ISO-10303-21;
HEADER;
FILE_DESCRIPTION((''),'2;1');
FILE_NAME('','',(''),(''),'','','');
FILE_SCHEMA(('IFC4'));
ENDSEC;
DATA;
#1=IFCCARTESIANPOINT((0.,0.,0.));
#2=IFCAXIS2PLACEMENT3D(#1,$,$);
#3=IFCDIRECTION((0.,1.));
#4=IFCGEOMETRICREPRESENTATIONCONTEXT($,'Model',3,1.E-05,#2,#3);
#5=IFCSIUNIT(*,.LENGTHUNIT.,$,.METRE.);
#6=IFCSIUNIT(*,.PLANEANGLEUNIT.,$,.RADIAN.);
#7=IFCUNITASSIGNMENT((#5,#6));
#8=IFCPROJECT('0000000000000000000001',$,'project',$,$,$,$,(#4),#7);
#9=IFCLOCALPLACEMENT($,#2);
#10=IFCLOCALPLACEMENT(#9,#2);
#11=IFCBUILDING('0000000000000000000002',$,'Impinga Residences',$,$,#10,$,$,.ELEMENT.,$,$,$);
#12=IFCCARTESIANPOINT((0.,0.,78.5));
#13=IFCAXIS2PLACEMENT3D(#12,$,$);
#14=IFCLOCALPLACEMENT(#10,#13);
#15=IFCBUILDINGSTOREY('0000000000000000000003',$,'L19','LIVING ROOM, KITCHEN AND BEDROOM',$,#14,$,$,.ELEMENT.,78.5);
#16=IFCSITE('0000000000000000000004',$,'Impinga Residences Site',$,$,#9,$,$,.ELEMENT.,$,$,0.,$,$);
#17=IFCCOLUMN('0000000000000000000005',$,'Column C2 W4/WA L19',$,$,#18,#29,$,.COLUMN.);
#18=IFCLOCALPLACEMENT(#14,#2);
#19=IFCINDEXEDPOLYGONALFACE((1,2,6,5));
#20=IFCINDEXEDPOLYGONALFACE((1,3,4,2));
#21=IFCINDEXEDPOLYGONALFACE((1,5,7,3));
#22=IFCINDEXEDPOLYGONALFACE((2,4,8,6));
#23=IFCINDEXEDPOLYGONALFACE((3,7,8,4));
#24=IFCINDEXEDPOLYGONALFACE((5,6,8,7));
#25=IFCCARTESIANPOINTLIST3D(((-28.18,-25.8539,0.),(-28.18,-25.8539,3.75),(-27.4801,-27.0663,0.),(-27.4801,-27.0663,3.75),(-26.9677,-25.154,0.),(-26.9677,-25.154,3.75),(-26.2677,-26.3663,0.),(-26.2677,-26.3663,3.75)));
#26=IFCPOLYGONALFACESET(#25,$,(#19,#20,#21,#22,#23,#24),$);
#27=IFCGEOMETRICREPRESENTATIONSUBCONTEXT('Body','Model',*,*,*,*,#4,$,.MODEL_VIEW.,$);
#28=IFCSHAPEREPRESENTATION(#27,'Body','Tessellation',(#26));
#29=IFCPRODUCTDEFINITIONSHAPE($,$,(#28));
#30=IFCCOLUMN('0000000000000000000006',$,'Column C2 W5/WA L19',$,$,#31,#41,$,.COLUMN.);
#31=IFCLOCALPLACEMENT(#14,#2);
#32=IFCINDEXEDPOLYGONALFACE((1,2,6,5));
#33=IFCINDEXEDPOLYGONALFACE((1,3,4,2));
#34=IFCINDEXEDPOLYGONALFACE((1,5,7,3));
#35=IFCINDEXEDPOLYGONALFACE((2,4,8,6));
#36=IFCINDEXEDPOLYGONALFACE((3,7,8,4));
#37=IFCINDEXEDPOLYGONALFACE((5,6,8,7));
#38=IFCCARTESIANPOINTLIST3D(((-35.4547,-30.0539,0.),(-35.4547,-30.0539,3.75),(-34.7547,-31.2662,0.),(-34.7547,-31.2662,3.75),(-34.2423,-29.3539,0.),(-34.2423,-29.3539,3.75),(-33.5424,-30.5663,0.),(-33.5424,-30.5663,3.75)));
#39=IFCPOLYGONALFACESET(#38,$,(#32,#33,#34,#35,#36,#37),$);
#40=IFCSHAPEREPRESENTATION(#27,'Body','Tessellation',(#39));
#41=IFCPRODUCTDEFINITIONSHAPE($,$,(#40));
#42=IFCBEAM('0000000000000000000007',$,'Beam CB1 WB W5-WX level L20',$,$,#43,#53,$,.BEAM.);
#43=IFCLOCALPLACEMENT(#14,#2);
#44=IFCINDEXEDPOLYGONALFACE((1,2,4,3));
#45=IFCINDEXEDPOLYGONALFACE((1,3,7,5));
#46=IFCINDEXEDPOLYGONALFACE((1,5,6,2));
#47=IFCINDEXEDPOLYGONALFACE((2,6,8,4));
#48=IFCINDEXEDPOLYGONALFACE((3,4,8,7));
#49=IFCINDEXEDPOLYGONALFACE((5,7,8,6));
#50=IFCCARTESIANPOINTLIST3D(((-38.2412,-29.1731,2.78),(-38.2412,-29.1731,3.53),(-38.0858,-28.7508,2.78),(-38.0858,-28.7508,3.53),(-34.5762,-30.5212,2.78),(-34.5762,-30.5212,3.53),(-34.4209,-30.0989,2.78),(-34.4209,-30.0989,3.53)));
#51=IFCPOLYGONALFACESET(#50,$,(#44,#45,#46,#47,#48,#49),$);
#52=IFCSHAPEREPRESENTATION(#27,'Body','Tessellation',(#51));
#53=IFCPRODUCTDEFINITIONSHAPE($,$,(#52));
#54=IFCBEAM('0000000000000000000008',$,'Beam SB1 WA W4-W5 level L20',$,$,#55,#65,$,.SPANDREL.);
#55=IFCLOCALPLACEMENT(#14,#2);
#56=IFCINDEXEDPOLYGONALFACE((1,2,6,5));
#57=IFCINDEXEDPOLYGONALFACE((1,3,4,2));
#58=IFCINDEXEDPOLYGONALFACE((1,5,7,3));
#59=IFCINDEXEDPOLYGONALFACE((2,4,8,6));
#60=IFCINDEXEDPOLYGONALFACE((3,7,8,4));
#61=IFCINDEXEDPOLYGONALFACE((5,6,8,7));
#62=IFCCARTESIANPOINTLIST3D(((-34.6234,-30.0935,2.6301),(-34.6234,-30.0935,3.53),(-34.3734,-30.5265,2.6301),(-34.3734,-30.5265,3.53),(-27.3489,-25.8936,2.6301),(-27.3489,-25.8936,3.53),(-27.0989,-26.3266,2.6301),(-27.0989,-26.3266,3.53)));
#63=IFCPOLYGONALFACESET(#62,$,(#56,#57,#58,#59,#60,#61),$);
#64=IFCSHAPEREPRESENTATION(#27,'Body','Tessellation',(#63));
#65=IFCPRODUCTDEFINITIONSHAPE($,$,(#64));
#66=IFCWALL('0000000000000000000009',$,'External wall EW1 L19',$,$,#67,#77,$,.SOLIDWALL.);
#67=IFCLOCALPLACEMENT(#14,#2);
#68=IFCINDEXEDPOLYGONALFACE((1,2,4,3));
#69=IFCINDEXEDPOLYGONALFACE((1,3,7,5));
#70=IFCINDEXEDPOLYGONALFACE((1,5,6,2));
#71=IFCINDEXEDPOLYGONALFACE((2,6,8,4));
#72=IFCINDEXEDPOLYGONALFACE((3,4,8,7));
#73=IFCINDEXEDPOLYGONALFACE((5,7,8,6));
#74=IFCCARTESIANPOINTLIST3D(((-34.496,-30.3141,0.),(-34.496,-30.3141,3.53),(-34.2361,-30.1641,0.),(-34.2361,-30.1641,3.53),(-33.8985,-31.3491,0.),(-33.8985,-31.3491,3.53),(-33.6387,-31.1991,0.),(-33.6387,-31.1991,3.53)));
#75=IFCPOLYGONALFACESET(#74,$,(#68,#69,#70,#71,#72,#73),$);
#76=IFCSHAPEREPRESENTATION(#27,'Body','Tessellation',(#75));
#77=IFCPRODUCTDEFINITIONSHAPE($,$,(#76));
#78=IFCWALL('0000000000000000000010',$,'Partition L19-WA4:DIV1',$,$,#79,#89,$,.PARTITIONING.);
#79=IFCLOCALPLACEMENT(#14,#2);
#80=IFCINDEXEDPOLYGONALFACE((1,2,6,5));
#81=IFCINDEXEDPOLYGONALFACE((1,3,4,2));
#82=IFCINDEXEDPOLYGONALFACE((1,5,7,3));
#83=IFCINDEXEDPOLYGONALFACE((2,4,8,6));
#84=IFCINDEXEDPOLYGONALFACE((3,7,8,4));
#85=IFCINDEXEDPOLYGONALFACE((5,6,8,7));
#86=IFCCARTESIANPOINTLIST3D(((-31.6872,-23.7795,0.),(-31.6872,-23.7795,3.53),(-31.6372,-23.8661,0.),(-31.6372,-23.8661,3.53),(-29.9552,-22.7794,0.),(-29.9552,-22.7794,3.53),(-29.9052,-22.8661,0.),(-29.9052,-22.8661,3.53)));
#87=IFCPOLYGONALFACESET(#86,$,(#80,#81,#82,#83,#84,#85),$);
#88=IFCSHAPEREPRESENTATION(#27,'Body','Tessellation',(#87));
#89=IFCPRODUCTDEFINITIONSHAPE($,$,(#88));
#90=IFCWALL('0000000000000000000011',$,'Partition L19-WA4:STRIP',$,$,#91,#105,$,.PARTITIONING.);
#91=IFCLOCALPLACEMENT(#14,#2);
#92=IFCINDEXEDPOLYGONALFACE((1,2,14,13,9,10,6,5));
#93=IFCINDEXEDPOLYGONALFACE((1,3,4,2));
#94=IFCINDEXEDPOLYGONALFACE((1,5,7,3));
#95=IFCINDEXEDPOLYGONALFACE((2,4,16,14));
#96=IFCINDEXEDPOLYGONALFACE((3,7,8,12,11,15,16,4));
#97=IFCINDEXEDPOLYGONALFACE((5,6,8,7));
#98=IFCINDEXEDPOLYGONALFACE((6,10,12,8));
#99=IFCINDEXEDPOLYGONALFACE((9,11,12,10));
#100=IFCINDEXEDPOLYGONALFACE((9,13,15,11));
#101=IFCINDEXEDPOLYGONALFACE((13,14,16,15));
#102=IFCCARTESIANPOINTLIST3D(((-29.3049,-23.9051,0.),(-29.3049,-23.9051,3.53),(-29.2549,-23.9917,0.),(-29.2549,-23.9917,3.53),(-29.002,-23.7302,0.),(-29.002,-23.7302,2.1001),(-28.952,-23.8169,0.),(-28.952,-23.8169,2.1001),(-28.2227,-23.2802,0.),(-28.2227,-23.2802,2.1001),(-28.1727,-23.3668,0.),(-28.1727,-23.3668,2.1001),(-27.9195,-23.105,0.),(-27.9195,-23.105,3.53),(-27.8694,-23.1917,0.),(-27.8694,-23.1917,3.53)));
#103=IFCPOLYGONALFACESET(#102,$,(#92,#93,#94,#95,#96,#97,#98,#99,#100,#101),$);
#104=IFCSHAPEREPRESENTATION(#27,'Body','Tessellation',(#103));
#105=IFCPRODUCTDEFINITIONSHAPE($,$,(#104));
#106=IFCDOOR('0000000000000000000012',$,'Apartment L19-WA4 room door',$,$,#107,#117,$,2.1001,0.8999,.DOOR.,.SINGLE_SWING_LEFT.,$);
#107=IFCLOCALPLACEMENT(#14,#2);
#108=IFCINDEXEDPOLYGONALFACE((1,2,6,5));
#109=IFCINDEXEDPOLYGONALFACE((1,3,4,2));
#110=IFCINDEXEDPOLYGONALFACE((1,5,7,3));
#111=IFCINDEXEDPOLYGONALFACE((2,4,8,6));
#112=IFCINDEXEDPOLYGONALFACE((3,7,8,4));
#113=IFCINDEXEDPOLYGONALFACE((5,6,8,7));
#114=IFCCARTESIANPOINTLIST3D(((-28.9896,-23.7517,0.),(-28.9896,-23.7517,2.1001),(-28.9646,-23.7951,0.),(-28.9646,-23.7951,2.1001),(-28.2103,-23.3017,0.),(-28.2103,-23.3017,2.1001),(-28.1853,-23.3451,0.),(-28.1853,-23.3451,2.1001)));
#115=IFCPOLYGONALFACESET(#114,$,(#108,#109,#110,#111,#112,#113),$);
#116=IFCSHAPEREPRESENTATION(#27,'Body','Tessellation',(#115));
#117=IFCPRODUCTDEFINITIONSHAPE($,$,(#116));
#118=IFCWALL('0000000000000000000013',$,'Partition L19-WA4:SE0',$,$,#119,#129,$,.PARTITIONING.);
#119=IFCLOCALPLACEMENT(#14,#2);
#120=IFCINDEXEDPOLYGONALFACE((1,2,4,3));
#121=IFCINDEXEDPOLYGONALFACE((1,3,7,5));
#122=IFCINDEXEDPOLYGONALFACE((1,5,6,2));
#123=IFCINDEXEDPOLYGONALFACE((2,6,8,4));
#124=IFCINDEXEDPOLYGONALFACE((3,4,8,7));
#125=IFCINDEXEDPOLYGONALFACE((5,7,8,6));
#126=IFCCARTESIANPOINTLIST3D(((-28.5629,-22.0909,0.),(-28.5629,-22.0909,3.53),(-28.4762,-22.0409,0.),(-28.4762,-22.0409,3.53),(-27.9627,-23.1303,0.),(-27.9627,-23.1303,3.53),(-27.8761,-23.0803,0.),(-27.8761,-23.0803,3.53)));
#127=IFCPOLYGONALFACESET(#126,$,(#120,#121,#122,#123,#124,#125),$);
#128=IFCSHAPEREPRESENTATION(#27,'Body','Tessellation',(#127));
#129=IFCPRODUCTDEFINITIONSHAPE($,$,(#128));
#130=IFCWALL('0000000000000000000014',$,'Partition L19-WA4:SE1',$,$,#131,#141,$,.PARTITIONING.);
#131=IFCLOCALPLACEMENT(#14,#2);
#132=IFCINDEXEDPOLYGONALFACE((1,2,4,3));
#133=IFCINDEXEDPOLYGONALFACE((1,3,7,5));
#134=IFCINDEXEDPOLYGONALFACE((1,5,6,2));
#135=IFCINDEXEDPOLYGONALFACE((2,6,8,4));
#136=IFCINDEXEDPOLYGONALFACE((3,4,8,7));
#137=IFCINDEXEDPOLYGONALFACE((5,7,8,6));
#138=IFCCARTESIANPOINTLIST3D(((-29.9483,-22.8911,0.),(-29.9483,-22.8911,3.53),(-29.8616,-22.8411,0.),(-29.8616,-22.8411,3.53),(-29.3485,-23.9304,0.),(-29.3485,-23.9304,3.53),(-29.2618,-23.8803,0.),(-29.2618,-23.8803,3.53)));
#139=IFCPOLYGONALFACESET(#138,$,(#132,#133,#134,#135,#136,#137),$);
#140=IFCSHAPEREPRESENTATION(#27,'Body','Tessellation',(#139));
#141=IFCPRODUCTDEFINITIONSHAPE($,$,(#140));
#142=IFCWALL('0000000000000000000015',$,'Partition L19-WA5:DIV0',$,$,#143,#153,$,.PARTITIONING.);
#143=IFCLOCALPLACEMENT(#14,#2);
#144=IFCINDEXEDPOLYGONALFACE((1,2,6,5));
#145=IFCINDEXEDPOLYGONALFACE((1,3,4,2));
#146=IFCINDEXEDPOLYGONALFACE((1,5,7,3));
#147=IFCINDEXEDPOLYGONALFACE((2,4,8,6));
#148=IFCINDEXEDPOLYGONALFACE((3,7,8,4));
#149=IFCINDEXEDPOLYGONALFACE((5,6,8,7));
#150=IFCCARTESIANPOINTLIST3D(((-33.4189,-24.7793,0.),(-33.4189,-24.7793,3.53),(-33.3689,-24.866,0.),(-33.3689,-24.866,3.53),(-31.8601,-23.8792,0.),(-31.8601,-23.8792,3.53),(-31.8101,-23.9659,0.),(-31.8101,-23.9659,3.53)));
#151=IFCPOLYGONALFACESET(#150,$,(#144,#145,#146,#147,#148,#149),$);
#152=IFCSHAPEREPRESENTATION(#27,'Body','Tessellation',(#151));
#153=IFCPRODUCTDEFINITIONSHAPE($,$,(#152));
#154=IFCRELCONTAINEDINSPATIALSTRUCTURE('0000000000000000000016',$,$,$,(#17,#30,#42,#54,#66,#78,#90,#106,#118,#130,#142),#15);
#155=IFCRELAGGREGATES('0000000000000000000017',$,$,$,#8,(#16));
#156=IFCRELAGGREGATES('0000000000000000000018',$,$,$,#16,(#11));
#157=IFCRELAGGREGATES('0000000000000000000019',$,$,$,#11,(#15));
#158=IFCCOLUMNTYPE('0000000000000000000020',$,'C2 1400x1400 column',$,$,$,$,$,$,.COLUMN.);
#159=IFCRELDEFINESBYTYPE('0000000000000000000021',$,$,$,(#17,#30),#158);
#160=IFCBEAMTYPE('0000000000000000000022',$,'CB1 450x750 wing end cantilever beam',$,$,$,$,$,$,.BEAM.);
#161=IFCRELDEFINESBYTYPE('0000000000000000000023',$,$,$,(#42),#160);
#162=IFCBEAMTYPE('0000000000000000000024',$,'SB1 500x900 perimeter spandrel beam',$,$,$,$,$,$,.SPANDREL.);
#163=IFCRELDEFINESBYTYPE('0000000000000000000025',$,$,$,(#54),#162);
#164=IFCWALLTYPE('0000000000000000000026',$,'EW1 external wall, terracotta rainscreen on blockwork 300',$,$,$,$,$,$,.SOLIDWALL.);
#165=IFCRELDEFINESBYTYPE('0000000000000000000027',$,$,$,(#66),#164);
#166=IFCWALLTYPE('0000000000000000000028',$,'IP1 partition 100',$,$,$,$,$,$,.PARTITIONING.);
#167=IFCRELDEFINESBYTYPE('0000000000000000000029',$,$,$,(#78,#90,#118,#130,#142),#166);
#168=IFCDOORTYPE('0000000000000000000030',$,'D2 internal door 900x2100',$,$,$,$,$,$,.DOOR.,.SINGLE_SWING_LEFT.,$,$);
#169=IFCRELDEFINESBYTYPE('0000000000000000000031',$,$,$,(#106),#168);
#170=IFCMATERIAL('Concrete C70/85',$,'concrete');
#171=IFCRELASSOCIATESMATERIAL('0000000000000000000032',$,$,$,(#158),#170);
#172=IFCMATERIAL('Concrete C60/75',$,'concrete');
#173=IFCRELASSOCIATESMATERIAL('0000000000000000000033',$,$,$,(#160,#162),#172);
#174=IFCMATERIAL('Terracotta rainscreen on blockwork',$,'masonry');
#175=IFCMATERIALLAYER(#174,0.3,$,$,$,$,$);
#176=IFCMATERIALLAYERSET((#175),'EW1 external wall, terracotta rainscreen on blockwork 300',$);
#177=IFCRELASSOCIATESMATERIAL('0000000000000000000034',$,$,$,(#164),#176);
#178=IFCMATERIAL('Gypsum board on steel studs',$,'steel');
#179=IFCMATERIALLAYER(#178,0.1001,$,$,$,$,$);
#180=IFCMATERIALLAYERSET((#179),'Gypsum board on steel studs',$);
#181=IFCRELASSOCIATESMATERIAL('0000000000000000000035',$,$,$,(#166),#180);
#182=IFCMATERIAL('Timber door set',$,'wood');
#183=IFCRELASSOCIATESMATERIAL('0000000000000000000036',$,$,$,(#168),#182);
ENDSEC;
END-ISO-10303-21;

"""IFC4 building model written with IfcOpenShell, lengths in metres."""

from ifc_helpers import new_model, si_unit, direction, frame, frame_2d, origin, origin_2d, place, context, subcontext, project, spatial, rectangle, extrude, material, layer, layer_set, material_profile, profile_set, type_object, element, fill, save


model = new_model("IFC4")

# Units and contexts
model_context = context("Model", 3, precision=1e-05, world=origin(), true_north=direction((0.0, 1.0)))
body_context = subcontext(model_context, "Body", "Model", "MODEL_VIEW")
ifc_project = project(units=[si_unit("LENGTHUNIT", "METRE"), si_unit("PLANEANGLEUNIT", "RADIAN")], contexts=[model_context])

# Site, building, storey
site_placement = place(None, origin())
site = spatial("IfcSite", under=ifc_project, at=site_placement, Name="Impinga Residences Site", CompositionType="ELEMENT", RefElevation=0.0)
building_placement = place(site_placement, origin())
building = spatial("IfcBuilding", under=site, at=building_placement, Name="Impinga Residences", CompositionType="ELEMENT")
storey_placement = place(building_placement, frame((0.0, 0.0, 78.5)))
storey = spatial("IfcBuildingStorey", under=building, at=storey_placement, Name="L19", Description="LIVING ROOM, KITCHEN AND BEDROOM", CompositionType="ELEMENT", Elevation=78.5)

# Columns
ifc_material_1 = material(Name="Concrete C70/85", Category="concrete")
ifc_material_profile_1 = material_profile(ifc_material_1, rectangle(XDim=1.3999, YDim=1.3999, at=origin_2d()), Name="RC 1400x1400")
ifc_profile_set_1 = profile_set([ifc_material_profile_1], Name="Concrete C70/85")
column_type = type_object("IfcColumnType", Name="C2 1400x1400 column", PredefinedType="COLUMN", material=ifc_profile_set_1)
for number, where, z_axis, x_axis, name in (
    (1, (-27.2239, -26.1101, 0.0), (0.0, 0.0, 1.0), (-0.5, 0.866025, 0.0), "Column C2 W4/WA L19"),
    (2, (-34.4985, -30.3101, 0.0), (0.0, 0.0, 1.0), (-0.5, 0.866025, 0.0), "Column C2 W5/WA L19"),
):
    element("IfcColumn", number, at=place(storey_placement, frame(where, z_axis=z_axis, x_axis=x_axis)), inside=storey, type_object=column_type, Name=name, PredefinedType="COLUMN", context=body_context, shape_type="SweptSolid", body=[
        extrude(rectangle(XDim=1.3999, YDim=1.3999, at=origin_2d()), origin(), (0.0, 0.0, 1.0), 3.75),
    ])

# Beams
ifc_material_2 = material(Name="Concrete C60/75", Category="concrete")
ifc_material_profile_2 = material_profile(ifc_material_2, rectangle(XDim=0.45, YDim=0.75, at=origin_2d()), Name="RC 450x750")
ifc_profile_set_2 = profile_set([ifc_material_profile_2], Name="Concrete C60/75")
beam_type_1 = type_object("IfcBeamType", Name="CB1 450x750 wing end cantilever beam", PredefinedType="BEAM", material=ifc_profile_set_2)
beam_1_placement = place(storey_placement, frame((-34.4985, -30.3101, 3.155), z_axis=(-0.93852, 0.345224, 0.0), x_axis=(-0.345224, -0.93852, 0.0)))
element("IfcBeam", 3, at=beam_1_placement, inside=storey, type_object=beam_type_1, Name="Beam CB1 WB W5-WX level L20", PredefinedType="BEAM", context=body_context, shape_type="SweptSolid", body=[
    extrude(rectangle(XDim=0.45, YDim=0.75, at=origin_2d()), origin(), (0.0, 0.0, 1.0), 3.905),
])
ifc_material_profile_3 = material_profile(ifc_material_2, rectangle(XDim=0.5, YDim=0.8999, at=origin_2d()), Name="RC 500x900")
ifc_profile_set_3 = profile_set([ifc_material_profile_3], Name="Concrete C60/75")
beam_type_2 = type_object("IfcBeamType", Name="SB1 500x900 perimeter spandrel beam", PredefinedType="SPANDREL", material=ifc_profile_set_3)
beam_2_placement = place(storey_placement, frame((-27.2239, -26.1101, 3.0801), z_axis=(-0.866029, -0.499993, 0.0), x_axis=(0.499993, -0.866029, 0.0)))
element("IfcBeam", 4, at=beam_2_placement, inside=storey, type_object=beam_type_2, Name="Beam SB1 WA W4-W5 level L20", PredefinedType="SPANDREL", context=body_context, shape_type="SweptSolid", body=[
    extrude(rectangle(XDim=0.5, YDim=0.8999, at=origin_2d()), origin(), (0.0, 0.0, 1.0), 8.3999),
])

# Walls
ifc_material_3 = material(Name="Terracotta rainscreen on blockwork", Category="masonry")
ifc_layer_1 = layer(ifc_material_3, 0.3)
ifc_layer_set_1 = layer_set([ifc_layer_1], Name="EW1 external wall, terracotta rainscreen on blockwork 300")
wall_type_1 = type_object("IfcWallType", Name="EW1 external wall, terracotta rainscreen on blockwork 300", PredefinedType="SOLIDWALL", material=ifc_layer_set_1)
wall_1_placement = place(storey_placement, frame((-33.7686, -31.2742, 0.0), z_axis=(0.0, 0.0, 1.0), x_axis=(-0.499941, 0.86606, 0.0)))
element("IfcWall", 5, at=wall_1_placement, inside=storey, type_object=wall_type_1, Name="External wall EW1 L19", PredefinedType="SOLIDWALL", context=body_context, shape_type="SweptSolid", body=[
    extrude(rectangle(XDim=1.1951, YDim=0.3, at=frame_2d((0.5977, 0.0))), origin(), (0.0, 0.0, 1.0), 3.53),
])
ifc_material_4 = material(Name="Gypsum board on steel studs", Category="steel")
ifc_layer_2 = layer(ifc_material_4, 0.1001)
ifc_layer_set_2 = layer_set([ifc_layer_2], Name="Gypsum board on steel studs")
wall_type_2 = type_object("IfcWallType", Name="IP1 partition 100", PredefinedType="PARTITIONING", material=ifc_layer_set_2)
wall_2_placement = place(storey_placement, frame((-29.9302, -22.8228, 0.0), z_axis=(0.0, 0.0, 1.0), x_axis=(-0.866011, -0.500025, 0.0)))
element("IfcWall", 6, at=wall_2_placement, inside=storey, type_object=wall_type_2, Name="Partition L19-WA4:DIV1", PredefinedType="PARTITIONING", context=body_context, shape_type="SweptSolid", body=[
    extrude(rectangle(XDim=2.0, YDim=0.1001, at=frame_2d((1.0, 0.0))), origin(), (0.0, 0.0, 1.0), 3.53),
])

# Wall, opening, door
wall_3_placement = place(storey_placement, frame((-27.8945, -23.1484, 0.0), z_axis=(0.0, 0.0, 1.0), x_axis=(-0.86599, -0.500061, 0.0)))
wall_3 = element("IfcWall", 7, at=wall_3_placement, inside=storey, type_object=wall_type_2, Name="Partition L19-WA4:STRIP", PredefinedType="PARTITIONING", context=body_context, shape_type="SweptSolid", body=[
    extrude(rectangle(XDim=1.5999, YDim=0.1001, at=frame_2d((0.7998, 0.0))), origin(), (0.0, 0.0, 1.0), 3.53),
])
opening_1_placement = place(wall_3_placement, frame((0.3501, 0.0, 0.0)))
opening_1 = element("IfcOpeningElement", 8, at=opening_1_placement, cuts=wall_3, PredefinedType="OPENING", context=body_context, shape_type="SweptSolid", body=[
    extrude(rectangle(XDim=0.8999, YDim=2.1001, at=frame_2d((0.45, 1.05))), frame((0.0, 0.0601, 0.0), z_axis=(0.0, -1.0, 0.0), x_axis=(1.0, 0.0, 0.0)), (0.0, 0.0, 1.0), 0.1201),
])
ifc_material_5 = material(Name="Timber door set", Category="wood")
door_type = type_object("IfcDoorType", Name="D2 internal door 900x2100", OperationType="SINGLE_SWING_LEFT", PredefinedType="DOOR", material=ifc_material_5)
door_1_placement = place(opening_1_placement, origin())
door_1 = element("IfcDoor", 9, at=door_1_placement, inside=storey, type_object=door_type, Name="Apartment L19-WA4 room door", OperationType="SINGLE_SWING_LEFT", OverallHeight=2.1001, OverallWidth=0.8999, PredefinedType="DOOR", context=body_context, shape_type="SweptSolid", body=[
    extrude(rectangle(XDim=0.8999, YDim=2.1001, at=frame_2d((0.45, 1.05))), frame((0.0, 0.0249, 0.0), z_axis=(0.0, -1.0, 0.0), x_axis=(1.0, 0.0, 0.0)), (0.0, 0.0, 1.0), 0.05),
])
fill(opening_1, door_1)

# Walls
wall_4_placement = place(storey_placement, frame((-28.5195, -22.0659, 0.0), z_axis=(0.0, 0.0, 1.0), x_axis=(0.500034, -0.866006, 0.0)))
element("IfcWall", 10, at=wall_4_placement, inside=storey, type_object=wall_type_2, Name="Partition L19-WA4:SE0", PredefinedType="PARTITIONING", context=body_context, shape_type="SweptSolid", body=[
    extrude(rectangle(XDim=1.2002, YDim=0.1001, at=frame_2d((0.6001, 0.0))), origin(), (0.0, 0.0, 1.0), 3.53),
])
wall_5_placement = place(storey_placement, frame((-29.905, -22.866, 0.0), z_axis=(0.0, 0.0, 1.0), x_axis=(0.499881, -0.866094, 0.0)))
element("IfcWall", 11, at=wall_5_placement, inside=storey, type_object=wall_type_2, Name="Partition L19-WA4:SE1", PredefinedType="PARTITIONING", context=body_context, shape_type="SweptSolid", body=[
    extrude(rectangle(XDim=1.2, YDim=0.1001, at=frame_2d((0.6001, 0.0))), origin(), (0.0, 0.0, 1.0), 3.53),
])
wall_6_placement = place(storey_placement, frame((-31.8352, -23.9226, 0.0), z_axis=(0.0, 0.0, 1.0), x_axis=(-0.865989, -0.500063, 0.0)))
element("IfcWall", 12, at=wall_6_placement, inside=storey, type_object=wall_type_2, Name="Partition L19-WA5:DIV0", PredefinedType="PARTITIONING", context=body_context, shape_type="SweptSolid", body=[
    extrude(rectangle(XDim=1.8, YDim=0.1001, at=frame_2d((0.8999, 0.0))), origin(), (0.0, 0.0, 1.0), 3.53),
])

save(model, "model.ifc")
